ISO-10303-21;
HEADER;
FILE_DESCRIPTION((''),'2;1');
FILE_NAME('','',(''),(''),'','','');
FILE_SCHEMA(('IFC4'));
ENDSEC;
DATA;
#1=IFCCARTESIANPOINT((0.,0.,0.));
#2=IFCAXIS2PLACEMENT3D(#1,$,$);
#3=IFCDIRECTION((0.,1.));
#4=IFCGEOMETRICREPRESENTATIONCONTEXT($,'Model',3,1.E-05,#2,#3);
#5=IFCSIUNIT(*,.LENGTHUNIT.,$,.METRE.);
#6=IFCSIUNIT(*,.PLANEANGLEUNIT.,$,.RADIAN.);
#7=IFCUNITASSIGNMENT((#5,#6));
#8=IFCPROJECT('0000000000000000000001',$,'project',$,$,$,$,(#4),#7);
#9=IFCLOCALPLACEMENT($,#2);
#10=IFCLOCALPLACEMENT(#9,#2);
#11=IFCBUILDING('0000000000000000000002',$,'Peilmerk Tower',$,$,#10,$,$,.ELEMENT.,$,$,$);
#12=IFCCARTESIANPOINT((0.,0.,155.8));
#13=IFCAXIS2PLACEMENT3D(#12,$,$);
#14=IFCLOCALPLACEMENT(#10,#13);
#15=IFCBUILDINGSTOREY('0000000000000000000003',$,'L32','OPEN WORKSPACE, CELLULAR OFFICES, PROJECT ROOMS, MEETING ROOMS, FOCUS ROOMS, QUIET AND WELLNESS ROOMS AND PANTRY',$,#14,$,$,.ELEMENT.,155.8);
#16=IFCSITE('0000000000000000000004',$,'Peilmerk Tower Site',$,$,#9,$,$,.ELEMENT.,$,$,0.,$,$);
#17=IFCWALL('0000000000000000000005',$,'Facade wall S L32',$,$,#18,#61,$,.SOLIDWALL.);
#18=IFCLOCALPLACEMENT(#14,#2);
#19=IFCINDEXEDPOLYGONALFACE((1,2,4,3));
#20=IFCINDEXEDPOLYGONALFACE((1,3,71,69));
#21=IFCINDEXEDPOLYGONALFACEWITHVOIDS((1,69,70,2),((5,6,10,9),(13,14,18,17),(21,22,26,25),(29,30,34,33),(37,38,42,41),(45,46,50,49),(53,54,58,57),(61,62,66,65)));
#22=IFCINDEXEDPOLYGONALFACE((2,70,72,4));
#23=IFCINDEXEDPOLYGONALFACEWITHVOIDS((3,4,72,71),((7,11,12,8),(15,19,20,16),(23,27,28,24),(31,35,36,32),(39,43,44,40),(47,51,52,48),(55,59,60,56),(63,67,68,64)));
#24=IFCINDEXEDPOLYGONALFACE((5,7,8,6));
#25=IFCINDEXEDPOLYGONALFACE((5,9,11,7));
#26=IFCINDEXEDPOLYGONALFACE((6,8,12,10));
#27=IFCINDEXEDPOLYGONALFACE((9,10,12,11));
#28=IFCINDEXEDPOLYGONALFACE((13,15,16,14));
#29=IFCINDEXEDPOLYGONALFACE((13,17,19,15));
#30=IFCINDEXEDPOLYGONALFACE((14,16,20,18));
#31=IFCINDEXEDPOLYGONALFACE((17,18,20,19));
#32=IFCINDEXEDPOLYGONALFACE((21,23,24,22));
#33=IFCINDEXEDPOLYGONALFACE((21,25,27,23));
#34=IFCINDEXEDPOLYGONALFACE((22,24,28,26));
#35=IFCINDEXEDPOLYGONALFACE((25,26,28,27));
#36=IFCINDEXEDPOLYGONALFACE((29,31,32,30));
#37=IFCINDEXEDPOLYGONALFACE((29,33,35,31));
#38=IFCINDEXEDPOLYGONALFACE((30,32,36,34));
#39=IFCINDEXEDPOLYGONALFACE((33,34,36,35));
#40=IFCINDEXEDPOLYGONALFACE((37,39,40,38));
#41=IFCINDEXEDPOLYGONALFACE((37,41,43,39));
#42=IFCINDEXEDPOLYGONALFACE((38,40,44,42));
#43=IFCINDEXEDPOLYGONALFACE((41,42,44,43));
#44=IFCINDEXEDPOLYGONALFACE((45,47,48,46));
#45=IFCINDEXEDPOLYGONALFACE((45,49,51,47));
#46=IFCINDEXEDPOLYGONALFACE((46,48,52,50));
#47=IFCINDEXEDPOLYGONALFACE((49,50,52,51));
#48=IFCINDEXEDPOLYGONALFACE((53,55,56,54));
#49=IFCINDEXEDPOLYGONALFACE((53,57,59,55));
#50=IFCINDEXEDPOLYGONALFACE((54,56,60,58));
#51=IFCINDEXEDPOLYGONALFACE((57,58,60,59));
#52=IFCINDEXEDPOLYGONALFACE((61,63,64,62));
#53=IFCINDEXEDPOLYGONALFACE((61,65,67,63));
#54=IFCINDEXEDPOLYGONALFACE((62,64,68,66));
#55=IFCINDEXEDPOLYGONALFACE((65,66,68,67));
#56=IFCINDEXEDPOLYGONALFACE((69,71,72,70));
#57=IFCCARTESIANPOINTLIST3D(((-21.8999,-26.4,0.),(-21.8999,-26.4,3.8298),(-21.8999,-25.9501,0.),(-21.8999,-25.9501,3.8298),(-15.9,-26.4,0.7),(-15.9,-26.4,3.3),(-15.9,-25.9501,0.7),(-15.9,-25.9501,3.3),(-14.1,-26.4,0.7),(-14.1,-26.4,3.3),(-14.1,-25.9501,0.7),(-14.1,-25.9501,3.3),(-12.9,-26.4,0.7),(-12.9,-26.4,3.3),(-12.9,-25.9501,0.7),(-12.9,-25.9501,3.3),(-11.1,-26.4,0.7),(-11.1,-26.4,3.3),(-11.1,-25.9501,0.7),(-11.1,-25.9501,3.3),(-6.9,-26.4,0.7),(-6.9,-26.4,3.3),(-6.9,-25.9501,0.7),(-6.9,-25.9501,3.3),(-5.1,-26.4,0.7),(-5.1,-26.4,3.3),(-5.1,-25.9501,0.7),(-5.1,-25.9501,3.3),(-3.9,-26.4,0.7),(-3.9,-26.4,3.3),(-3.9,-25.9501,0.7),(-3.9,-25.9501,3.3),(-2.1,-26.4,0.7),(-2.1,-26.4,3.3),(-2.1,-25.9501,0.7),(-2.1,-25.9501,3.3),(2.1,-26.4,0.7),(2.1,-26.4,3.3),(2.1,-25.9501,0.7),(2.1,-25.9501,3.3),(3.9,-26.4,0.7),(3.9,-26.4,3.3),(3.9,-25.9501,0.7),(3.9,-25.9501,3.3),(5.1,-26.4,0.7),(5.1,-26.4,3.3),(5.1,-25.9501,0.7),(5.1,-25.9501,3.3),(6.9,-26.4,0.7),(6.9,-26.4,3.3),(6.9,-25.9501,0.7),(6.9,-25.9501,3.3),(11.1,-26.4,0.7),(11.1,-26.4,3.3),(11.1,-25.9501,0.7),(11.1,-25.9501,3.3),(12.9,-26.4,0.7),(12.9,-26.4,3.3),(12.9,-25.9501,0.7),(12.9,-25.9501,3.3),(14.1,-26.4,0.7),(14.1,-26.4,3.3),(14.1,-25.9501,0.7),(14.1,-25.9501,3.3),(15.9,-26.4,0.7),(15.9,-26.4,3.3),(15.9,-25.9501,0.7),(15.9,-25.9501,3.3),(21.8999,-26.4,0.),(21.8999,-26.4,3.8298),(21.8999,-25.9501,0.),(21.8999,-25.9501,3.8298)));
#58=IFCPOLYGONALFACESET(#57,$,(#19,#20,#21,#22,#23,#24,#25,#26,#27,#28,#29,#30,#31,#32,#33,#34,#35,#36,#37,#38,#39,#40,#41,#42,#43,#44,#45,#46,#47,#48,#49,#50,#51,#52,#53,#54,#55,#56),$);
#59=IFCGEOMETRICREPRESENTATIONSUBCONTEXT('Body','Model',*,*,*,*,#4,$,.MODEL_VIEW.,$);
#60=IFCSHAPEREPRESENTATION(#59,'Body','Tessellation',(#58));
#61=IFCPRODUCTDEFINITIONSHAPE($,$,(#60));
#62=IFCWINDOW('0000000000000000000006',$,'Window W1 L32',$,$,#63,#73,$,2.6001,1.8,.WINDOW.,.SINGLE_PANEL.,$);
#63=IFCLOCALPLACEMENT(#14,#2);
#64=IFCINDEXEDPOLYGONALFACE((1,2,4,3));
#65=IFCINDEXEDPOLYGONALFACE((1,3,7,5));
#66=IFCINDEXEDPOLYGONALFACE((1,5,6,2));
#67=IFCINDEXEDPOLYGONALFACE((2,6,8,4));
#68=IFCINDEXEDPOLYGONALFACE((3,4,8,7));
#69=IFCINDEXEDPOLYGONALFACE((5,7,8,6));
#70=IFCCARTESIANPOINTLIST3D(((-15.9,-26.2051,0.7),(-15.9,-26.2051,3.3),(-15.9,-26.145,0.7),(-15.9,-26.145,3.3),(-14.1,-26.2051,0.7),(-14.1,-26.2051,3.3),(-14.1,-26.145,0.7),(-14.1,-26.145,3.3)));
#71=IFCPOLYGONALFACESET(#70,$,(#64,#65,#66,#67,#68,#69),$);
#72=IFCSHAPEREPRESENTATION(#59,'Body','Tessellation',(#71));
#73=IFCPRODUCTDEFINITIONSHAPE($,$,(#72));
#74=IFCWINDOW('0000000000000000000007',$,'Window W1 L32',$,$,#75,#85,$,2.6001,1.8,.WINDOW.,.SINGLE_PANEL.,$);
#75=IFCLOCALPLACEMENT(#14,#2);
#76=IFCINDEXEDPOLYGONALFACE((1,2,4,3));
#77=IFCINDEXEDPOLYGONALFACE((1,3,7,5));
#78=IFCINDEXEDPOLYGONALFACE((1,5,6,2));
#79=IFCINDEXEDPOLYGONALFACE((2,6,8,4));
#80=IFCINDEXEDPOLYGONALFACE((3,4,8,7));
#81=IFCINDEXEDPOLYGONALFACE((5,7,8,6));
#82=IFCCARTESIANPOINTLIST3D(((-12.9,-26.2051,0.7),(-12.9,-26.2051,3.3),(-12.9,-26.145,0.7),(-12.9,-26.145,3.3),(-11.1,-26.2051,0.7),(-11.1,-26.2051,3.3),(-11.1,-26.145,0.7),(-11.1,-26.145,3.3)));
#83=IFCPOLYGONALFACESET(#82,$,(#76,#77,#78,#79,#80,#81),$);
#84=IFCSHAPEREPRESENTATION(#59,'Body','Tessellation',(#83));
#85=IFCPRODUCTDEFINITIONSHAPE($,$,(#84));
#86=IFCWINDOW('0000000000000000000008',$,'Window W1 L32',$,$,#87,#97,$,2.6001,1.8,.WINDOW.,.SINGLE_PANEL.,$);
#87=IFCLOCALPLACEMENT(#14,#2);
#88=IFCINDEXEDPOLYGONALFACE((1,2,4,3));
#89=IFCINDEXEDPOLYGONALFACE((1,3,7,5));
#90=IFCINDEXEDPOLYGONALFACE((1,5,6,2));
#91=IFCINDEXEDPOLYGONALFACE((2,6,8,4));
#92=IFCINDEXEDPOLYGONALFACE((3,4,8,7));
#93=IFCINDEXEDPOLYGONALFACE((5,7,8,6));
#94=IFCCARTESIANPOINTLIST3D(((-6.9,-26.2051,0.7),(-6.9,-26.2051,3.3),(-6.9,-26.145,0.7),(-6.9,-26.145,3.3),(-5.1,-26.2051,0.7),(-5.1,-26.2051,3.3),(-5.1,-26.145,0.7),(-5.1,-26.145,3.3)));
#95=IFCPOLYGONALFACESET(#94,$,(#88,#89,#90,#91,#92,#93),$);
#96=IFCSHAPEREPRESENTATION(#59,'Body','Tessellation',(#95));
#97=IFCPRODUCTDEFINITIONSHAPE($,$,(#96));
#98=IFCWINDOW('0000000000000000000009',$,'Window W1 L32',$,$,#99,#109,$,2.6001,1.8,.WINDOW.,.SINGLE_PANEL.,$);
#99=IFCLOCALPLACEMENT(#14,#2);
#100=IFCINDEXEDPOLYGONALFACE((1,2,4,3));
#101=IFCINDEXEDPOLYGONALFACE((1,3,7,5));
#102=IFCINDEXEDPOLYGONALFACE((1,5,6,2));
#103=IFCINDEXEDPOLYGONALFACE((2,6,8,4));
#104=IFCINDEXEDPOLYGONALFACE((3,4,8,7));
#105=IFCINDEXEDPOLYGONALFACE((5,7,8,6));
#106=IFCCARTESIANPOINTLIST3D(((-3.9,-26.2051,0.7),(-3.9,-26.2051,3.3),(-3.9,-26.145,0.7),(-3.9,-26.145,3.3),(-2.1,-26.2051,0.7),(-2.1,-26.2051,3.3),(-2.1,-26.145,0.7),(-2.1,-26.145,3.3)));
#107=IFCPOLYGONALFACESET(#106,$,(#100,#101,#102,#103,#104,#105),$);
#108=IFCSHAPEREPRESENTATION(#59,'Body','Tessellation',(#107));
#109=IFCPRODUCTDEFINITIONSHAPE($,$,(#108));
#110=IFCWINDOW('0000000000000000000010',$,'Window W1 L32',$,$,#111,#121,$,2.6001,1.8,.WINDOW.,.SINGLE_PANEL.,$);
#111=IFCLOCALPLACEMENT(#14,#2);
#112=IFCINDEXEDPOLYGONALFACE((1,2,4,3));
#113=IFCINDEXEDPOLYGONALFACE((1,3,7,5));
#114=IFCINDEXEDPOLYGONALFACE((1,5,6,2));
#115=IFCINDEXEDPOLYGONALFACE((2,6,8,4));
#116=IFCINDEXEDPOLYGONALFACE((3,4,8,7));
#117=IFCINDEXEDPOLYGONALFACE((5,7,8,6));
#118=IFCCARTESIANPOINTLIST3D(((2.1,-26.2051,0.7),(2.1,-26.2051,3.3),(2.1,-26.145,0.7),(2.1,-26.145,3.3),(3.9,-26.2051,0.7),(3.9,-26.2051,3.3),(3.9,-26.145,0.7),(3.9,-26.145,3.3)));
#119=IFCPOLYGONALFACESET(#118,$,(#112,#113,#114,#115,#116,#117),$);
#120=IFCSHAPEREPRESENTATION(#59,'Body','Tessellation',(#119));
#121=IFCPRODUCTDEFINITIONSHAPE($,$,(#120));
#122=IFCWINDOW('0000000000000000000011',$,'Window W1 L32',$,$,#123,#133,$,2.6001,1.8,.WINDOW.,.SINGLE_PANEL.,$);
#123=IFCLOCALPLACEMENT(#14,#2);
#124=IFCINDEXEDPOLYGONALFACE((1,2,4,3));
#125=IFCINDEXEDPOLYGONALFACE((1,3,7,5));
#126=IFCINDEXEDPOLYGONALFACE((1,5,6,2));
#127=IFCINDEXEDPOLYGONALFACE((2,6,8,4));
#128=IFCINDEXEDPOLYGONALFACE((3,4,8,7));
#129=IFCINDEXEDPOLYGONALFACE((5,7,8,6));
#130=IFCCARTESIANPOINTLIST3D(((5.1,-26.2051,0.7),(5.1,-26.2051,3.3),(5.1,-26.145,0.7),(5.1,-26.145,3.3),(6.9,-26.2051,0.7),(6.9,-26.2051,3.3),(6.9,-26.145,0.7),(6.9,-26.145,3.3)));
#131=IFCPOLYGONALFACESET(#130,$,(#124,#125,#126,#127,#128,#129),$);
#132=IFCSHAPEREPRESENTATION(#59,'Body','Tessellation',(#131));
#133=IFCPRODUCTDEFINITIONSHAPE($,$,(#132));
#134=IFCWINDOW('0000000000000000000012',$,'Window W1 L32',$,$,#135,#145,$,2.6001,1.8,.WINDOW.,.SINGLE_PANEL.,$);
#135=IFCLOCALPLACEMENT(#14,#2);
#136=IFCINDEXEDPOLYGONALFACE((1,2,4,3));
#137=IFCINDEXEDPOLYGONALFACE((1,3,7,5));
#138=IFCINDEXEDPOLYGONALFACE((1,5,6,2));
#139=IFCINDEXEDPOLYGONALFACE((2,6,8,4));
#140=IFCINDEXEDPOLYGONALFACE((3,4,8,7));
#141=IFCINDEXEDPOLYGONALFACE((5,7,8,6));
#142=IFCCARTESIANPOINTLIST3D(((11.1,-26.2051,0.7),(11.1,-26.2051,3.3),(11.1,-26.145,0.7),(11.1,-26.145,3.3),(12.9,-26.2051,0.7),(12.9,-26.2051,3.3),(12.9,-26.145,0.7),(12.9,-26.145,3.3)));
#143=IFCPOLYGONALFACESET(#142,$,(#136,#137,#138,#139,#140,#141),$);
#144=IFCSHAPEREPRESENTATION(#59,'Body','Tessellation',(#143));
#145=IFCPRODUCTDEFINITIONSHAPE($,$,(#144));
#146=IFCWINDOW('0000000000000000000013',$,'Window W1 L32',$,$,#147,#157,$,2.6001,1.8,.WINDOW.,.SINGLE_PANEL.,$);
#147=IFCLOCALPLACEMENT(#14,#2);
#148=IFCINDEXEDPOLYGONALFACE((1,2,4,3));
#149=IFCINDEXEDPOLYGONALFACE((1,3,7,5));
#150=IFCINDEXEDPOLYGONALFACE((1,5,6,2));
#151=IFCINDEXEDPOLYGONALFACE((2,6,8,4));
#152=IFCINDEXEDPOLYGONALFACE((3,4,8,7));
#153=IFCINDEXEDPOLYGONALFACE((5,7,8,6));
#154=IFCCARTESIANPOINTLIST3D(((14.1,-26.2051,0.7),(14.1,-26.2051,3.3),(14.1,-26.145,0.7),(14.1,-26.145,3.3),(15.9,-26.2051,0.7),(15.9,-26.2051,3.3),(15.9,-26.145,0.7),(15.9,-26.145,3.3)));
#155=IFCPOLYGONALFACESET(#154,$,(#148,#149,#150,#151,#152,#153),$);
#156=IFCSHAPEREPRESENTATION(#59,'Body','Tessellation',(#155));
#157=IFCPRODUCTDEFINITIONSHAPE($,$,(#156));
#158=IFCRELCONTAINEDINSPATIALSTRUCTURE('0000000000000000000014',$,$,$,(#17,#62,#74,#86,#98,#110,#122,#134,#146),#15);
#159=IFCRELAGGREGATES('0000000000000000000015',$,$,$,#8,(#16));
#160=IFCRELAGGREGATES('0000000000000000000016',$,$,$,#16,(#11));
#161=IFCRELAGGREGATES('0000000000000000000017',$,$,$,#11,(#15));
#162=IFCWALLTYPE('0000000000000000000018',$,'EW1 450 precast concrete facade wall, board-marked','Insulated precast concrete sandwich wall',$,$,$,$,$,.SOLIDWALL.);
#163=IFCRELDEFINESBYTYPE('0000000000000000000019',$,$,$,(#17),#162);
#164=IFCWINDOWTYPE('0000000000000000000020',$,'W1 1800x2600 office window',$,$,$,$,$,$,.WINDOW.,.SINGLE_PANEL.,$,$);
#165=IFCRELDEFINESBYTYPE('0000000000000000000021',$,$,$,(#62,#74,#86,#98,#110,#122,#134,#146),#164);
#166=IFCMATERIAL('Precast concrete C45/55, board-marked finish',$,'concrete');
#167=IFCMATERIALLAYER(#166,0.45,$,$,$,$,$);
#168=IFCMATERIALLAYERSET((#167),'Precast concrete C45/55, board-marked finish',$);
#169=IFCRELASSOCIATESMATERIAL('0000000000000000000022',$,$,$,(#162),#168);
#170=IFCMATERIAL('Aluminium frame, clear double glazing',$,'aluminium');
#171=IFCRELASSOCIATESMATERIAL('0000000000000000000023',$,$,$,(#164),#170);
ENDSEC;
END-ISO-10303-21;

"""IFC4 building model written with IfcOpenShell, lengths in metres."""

from ifc_helpers import new_model, si_unit, direction, frame, frame_2d, origin, place, context, subcontext, project, spatial, rectangle, extrude, material, layer, layer_set, type_object, element, fill, save


model = new_model("IFC4")

# Units and contexts
model_context = context("Model", 3, precision=1e-05, world=origin(), true_north=direction((0.0, 1.0)))
body_context = subcontext(model_context, "Body", "Model", "MODEL_VIEW")
ifc_project = project(units=[si_unit("LENGTHUNIT", "METRE"), si_unit("PLANEANGLEUNIT", "RADIAN")], contexts=[model_context])

# Site, building, storey
site_placement = place(None, origin())
site = spatial("IfcSite", under=ifc_project, at=site_placement, Name="Peilmerk Tower Site", CompositionType="ELEMENT", RefElevation=0.0)
building_placement = place(site_placement, origin())
building = spatial("IfcBuilding", under=site, at=building_placement, Name="Peilmerk Tower", CompositionType="ELEMENT")
storey_placement = place(building_placement, frame((0.0, 0.0, 155.8)))
storey = spatial("IfcBuildingStorey", under=building, at=storey_placement, Name="L32", Description="OPEN WORKSPACE, CELLULAR OFFICES, PROJECT ROOMS, MEETING ROOMS, FOCUS ROOMS, QUIET AND WELLNESS ROOMS AND PANTRY", CompositionType="ELEMENT", Elevation=155.8)

# Wall, openings, windows
ifc_material_1 = material(Name="Precast concrete C45/55, board-marked finish", Category="concrete")
ifc_layer_1 = layer(ifc_material_1, 0.45)
ifc_layer_set_1 = layer_set([ifc_layer_1], Name="Precast concrete C45/55, board-marked finish")
wall_type = type_object("IfcWallType", Name="EW1 450 precast concrete facade wall, board-marked", Description="Insulated precast concrete sandwich wall", PredefinedType="SOLIDWALL", material=ifc_layer_set_1)
wall_placement = place(storey_placement, frame((-21.8999, -26.175, 0.0), z_axis=(0.0, 0.0, 1.0), x_axis=(1.0, 0.0, 0.0)))
wall = element("IfcWall", 1, at=wall_placement, inside=storey, type_object=wall_type, Name="Facade wall S L32", PredefinedType="SOLIDWALL", context=body_context, shape_type="SweptSolid", body=[
    extrude(rectangle(XDim=43.7998, YDim=0.45, at=frame_2d((21.8999, 0.0))), origin(), (0.0, 0.0, 1.0), 3.8298),
])
opening_1_placement = place(wall_placement, frame((6.0, 0.0, 0.7)))
opening_1 = element("IfcOpeningElement", 2, at=opening_1_placement, cuts=wall, PredefinedType="OPENING", context=body_context, shape_type="SweptSolid", body=[
    extrude(rectangle(XDim=1.8, YDim=2.6001, at=frame_2d((0.8999, 1.3))), frame((0.0, 0.2349, 0.0), z_axis=(0.0, -1.0, 0.0), x_axis=(1.0, 0.0, 0.0)), (0.0, 0.0, 1.0), 0.47),
])
opening_2_placement = place(wall_placement, frame((9.0, 0.0, 0.7)))
opening_2 = element("IfcOpeningElement", 3, at=opening_2_placement, cuts=wall, PredefinedType="OPENING", context=body_context, shape_type="SweptSolid", body=[
    extrude(rectangle(XDim=1.8, YDim=2.6001, at=frame_2d((0.8999, 1.3))), frame((0.0, 0.2349, 0.0), z_axis=(0.0, -1.0, 0.0), x_axis=(1.0, 0.0, 0.0)), (0.0, 0.0, 1.0), 0.47),
])
opening_3_placement = place(wall_placement, frame((15.0, 0.0, 0.7)))
opening_3 = element("IfcOpeningElement", 4, at=opening_3_placement, cuts=wall, PredefinedType="OPENING", context=body_context, shape_type="SweptSolid", body=[
    extrude(rectangle(XDim=1.8, YDim=2.6001, at=frame_2d((0.8999, 1.3))), frame((0.0, 0.2349, 0.0), z_axis=(0.0, -1.0, 0.0), x_axis=(1.0, 0.0, 0.0)), (0.0, 0.0, 1.0), 0.47),
])
opening_4_placement = place(wall_placement, frame((18.0, 0.0, 0.7)))
opening_4 = element("IfcOpeningElement", 5, at=opening_4_placement, cuts=wall, PredefinedType="OPENING", context=body_context, shape_type="SweptSolid", body=[
    extrude(rectangle(XDim=1.8, YDim=2.6001, at=frame_2d((0.8999, 1.3))), frame((0.0, 0.2349, 0.0), z_axis=(0.0, -1.0, 0.0), x_axis=(1.0, 0.0, 0.0)), (0.0, 0.0, 1.0), 0.47),
])
opening_5_placement = place(wall_placement, frame((24.0, 0.0, 0.7)))
opening_5 = element("IfcOpeningElement", 6, at=opening_5_placement, cuts=wall, PredefinedType="OPENING", context=body_context, shape_type="SweptSolid", body=[
    extrude(rectangle(XDim=1.8, YDim=2.6001, at=frame_2d((0.8999, 1.3))), frame((0.0, 0.2349, 0.0), z_axis=(0.0, -1.0, 0.0), x_axis=(1.0, 0.0, 0.0)), (0.0, 0.0, 1.0), 0.47),
])
opening_6_placement = place(wall_placement, frame((27.0, 0.0, 0.7)))
opening_6 = element("IfcOpeningElement", 7, at=opening_6_placement, cuts=wall, PredefinedType="OPENING", context=body_context, shape_type="SweptSolid", body=[
    extrude(rectangle(XDim=1.8, YDim=2.6001, at=frame_2d((0.8999, 1.3))), frame((0.0, 0.2349, 0.0), z_axis=(0.0, -1.0, 0.0), x_axis=(1.0, 0.0, 0.0)), (0.0, 0.0, 1.0), 0.47),
])
opening_7_placement = place(wall_placement, frame((33.0, 0.0, 0.7)))
opening_7 = element("IfcOpeningElement", 8, at=opening_7_placement, cuts=wall, PredefinedType="OPENING", context=body_context, shape_type="SweptSolid", body=[
    extrude(rectangle(XDim=1.8, YDim=2.6001, at=frame_2d((0.8999, 1.3))), frame((0.0, 0.2349, 0.0), z_axis=(0.0, -1.0, 0.0), x_axis=(1.0, 0.0, 0.0)), (0.0, 0.0, 1.0), 0.47),
])
opening_8_placement = place(wall_placement, frame((36.0, 0.0, 0.7)))
opening_8 = element("IfcOpeningElement", 9, at=opening_8_placement, cuts=wall, PredefinedType="OPENING", context=body_context, shape_type="SweptSolid", body=[
    extrude(rectangle(XDim=1.8, YDim=2.6001, at=frame_2d((0.8999, 1.3))), frame((0.0, 0.2349, 0.0), z_axis=(0.0, -1.0, 0.0), x_axis=(1.0, 0.0, 0.0)), (0.0, 0.0, 1.0), 0.47),
])
ifc_material_2 = material(Name="Aluminium frame, clear double glazing", Category="aluminium")
window_type = type_object("IfcWindowType", Name="W1 1800x2600 office window", PartitioningType="SINGLE_PANEL", PredefinedType="WINDOW", material=ifc_material_2)
window_1_placement = place(opening_1_placement, origin())
window_1 = element("IfcWindow", 10, at=window_1_placement, inside=storey, type_object=window_type, Name="Window W1 L32", OverallHeight=2.6001, OverallWidth=1.8, PartitioningType="SINGLE_PANEL", PredefinedType="WINDOW", context=body_context, shape_type="SweptSolid", body=[
    extrude(rectangle(XDim=1.8, YDim=2.6001, at=frame_2d((0.8999, 1.3))), frame((0.0, 0.03, 0.0), z_axis=(0.0, -1.0, 0.0), x_axis=(1.0, 0.0, 0.0)), (0.0, 0.0, 1.0), 0.0601),
])
fill(opening_1, window_1)
window_2_placement = place(opening_2_placement, origin())
window_2 = element("IfcWindow", 11, at=window_2_placement, inside=storey, type_object=window_type, Name="Window W1 L32", OverallHeight=2.6001, OverallWidth=1.8, PartitioningType="SINGLE_PANEL", PredefinedType="WINDOW", context=body_context, shape_type="SweptSolid", body=[
    extrude(rectangle(XDim=1.8, YDim=2.6001, at=frame_2d((0.8999, 1.3))), frame((0.0, 0.03, 0.0), z_axis=(0.0, -1.0, 0.0), x_axis=(1.0, 0.0, 0.0)), (0.0, 0.0, 1.0), 0.0601),
])
fill(opening_2, window_2)
window_3_placement = place(opening_3_placement, origin())
window_3 = element("IfcWindow", 12, at=window_3_placement, inside=storey, type_object=window_type, Name="Window W1 L32", OverallHeight=2.6001, OverallWidth=1.8, PartitioningType="SINGLE_PANEL", PredefinedType="WINDOW", context=body_context, shape_type="SweptSolid", body=[
    extrude(rectangle(XDim=1.8, YDim=2.6001, at=frame_2d((0.8999, 1.3))), frame((0.0, 0.03, 0.0), z_axis=(0.0, -1.0, 0.0), x_axis=(1.0, 0.0, 0.0)), (0.0, 0.0, 1.0), 0.0601),
])
fill(opening_3, window_3)
window_4_placement = place(opening_4_placement, origin())
window_4 = element("IfcWindow", 13, at=window_4_placement, inside=storey, type_object=window_type, Name="Window W1 L32", OverallHeight=2.6001, OverallWidth=1.8, PartitioningType="SINGLE_PANEL", PredefinedType="WINDOW", context=body_context, shape_type="SweptSolid", body=[
    extrude(rectangle(XDim=1.8, YDim=2.6001, at=frame_2d((0.8999, 1.3))), frame((0.0, 0.03, 0.0), z_axis=(0.0, -1.0, 0.0), x_axis=(1.0, 0.0, 0.0)), (0.0, 0.0, 1.0), 0.0601),
])
fill(opening_4, window_4)
window_5_placement = place(opening_5_placement, origin())
window_5 = element("IfcWindow", 14, at=window_5_placement, inside=storey, type_object=window_type, Name="Window W1 L32", OverallHeight=2.6001, OverallWidth=1.8, PartitioningType="SINGLE_PANEL", PredefinedType="WINDOW", context=body_context, shape_type="SweptSolid", body=[
    extrude(rectangle(XDim=1.8, YDim=2.6001, at=frame_2d((0.8999, 1.3))), frame((0.0, 0.03, 0.0), z_axis=(0.0, -1.0, 0.0), x_axis=(1.0, 0.0, 0.0)), (0.0, 0.0, 1.0), 0.0601),
])
fill(opening_5, window_5)
window_6_placement = place(opening_6_placement, origin())
window_6 = element("IfcWindow", 15, at=window_6_placement, inside=storey, type_object=window_type, Name="Window W1 L32", OverallHeight=2.6001, OverallWidth=1.8, PartitioningType="SINGLE_PANEL", PredefinedType="WINDOW", context=body_context, shape_type="SweptSolid", body=[
    extrude(rectangle(XDim=1.8, YDim=2.6001, at=frame_2d((0.8999, 1.3))), frame((0.0, 0.03, 0.0), z_axis=(0.0, -1.0, 0.0), x_axis=(1.0, 0.0, 0.0)), (0.0, 0.0, 1.0), 0.0601),
])
fill(opening_6, window_6)
window_7_placement = place(opening_7_placement, origin())
window_7 = element("IfcWindow", 16, at=window_7_placement, inside=storey, type_object=window_type, Name="Window W1 L32", OverallHeight=2.6001, OverallWidth=1.8, PartitioningType="SINGLE_PANEL", PredefinedType="WINDOW", context=body_context, shape_type="SweptSolid", body=[
    extrude(rectangle(XDim=1.8, YDim=2.6001, at=frame_2d((0.8999, 1.3))), frame((0.0, 0.03, 0.0), z_axis=(0.0, -1.0, 0.0), x_axis=(1.0, 0.0, 0.0)), (0.0, 0.0, 1.0), 0.0601),
])
fill(opening_7, window_7)
window_8_placement = place(opening_8_placement, origin())
window_8 = element("IfcWindow", 17, at=window_8_placement, inside=storey, type_object=window_type, Name="Window W1 L32", OverallHeight=2.6001, OverallWidth=1.8, PartitioningType="SINGLE_PANEL", PredefinedType="WINDOW", context=body_context, shape_type="SweptSolid", body=[
    extrude(rectangle(XDim=1.8, YDim=2.6001, at=frame_2d((0.8999, 1.3))), frame((0.0, 0.03, 0.0), z_axis=(0.0, -1.0, 0.0), x_axis=(1.0, 0.0, 0.0)), (0.0, 0.0, 1.0), 0.0601),
])
fill(opening_8, window_8)

save(model, "model.ifc")
